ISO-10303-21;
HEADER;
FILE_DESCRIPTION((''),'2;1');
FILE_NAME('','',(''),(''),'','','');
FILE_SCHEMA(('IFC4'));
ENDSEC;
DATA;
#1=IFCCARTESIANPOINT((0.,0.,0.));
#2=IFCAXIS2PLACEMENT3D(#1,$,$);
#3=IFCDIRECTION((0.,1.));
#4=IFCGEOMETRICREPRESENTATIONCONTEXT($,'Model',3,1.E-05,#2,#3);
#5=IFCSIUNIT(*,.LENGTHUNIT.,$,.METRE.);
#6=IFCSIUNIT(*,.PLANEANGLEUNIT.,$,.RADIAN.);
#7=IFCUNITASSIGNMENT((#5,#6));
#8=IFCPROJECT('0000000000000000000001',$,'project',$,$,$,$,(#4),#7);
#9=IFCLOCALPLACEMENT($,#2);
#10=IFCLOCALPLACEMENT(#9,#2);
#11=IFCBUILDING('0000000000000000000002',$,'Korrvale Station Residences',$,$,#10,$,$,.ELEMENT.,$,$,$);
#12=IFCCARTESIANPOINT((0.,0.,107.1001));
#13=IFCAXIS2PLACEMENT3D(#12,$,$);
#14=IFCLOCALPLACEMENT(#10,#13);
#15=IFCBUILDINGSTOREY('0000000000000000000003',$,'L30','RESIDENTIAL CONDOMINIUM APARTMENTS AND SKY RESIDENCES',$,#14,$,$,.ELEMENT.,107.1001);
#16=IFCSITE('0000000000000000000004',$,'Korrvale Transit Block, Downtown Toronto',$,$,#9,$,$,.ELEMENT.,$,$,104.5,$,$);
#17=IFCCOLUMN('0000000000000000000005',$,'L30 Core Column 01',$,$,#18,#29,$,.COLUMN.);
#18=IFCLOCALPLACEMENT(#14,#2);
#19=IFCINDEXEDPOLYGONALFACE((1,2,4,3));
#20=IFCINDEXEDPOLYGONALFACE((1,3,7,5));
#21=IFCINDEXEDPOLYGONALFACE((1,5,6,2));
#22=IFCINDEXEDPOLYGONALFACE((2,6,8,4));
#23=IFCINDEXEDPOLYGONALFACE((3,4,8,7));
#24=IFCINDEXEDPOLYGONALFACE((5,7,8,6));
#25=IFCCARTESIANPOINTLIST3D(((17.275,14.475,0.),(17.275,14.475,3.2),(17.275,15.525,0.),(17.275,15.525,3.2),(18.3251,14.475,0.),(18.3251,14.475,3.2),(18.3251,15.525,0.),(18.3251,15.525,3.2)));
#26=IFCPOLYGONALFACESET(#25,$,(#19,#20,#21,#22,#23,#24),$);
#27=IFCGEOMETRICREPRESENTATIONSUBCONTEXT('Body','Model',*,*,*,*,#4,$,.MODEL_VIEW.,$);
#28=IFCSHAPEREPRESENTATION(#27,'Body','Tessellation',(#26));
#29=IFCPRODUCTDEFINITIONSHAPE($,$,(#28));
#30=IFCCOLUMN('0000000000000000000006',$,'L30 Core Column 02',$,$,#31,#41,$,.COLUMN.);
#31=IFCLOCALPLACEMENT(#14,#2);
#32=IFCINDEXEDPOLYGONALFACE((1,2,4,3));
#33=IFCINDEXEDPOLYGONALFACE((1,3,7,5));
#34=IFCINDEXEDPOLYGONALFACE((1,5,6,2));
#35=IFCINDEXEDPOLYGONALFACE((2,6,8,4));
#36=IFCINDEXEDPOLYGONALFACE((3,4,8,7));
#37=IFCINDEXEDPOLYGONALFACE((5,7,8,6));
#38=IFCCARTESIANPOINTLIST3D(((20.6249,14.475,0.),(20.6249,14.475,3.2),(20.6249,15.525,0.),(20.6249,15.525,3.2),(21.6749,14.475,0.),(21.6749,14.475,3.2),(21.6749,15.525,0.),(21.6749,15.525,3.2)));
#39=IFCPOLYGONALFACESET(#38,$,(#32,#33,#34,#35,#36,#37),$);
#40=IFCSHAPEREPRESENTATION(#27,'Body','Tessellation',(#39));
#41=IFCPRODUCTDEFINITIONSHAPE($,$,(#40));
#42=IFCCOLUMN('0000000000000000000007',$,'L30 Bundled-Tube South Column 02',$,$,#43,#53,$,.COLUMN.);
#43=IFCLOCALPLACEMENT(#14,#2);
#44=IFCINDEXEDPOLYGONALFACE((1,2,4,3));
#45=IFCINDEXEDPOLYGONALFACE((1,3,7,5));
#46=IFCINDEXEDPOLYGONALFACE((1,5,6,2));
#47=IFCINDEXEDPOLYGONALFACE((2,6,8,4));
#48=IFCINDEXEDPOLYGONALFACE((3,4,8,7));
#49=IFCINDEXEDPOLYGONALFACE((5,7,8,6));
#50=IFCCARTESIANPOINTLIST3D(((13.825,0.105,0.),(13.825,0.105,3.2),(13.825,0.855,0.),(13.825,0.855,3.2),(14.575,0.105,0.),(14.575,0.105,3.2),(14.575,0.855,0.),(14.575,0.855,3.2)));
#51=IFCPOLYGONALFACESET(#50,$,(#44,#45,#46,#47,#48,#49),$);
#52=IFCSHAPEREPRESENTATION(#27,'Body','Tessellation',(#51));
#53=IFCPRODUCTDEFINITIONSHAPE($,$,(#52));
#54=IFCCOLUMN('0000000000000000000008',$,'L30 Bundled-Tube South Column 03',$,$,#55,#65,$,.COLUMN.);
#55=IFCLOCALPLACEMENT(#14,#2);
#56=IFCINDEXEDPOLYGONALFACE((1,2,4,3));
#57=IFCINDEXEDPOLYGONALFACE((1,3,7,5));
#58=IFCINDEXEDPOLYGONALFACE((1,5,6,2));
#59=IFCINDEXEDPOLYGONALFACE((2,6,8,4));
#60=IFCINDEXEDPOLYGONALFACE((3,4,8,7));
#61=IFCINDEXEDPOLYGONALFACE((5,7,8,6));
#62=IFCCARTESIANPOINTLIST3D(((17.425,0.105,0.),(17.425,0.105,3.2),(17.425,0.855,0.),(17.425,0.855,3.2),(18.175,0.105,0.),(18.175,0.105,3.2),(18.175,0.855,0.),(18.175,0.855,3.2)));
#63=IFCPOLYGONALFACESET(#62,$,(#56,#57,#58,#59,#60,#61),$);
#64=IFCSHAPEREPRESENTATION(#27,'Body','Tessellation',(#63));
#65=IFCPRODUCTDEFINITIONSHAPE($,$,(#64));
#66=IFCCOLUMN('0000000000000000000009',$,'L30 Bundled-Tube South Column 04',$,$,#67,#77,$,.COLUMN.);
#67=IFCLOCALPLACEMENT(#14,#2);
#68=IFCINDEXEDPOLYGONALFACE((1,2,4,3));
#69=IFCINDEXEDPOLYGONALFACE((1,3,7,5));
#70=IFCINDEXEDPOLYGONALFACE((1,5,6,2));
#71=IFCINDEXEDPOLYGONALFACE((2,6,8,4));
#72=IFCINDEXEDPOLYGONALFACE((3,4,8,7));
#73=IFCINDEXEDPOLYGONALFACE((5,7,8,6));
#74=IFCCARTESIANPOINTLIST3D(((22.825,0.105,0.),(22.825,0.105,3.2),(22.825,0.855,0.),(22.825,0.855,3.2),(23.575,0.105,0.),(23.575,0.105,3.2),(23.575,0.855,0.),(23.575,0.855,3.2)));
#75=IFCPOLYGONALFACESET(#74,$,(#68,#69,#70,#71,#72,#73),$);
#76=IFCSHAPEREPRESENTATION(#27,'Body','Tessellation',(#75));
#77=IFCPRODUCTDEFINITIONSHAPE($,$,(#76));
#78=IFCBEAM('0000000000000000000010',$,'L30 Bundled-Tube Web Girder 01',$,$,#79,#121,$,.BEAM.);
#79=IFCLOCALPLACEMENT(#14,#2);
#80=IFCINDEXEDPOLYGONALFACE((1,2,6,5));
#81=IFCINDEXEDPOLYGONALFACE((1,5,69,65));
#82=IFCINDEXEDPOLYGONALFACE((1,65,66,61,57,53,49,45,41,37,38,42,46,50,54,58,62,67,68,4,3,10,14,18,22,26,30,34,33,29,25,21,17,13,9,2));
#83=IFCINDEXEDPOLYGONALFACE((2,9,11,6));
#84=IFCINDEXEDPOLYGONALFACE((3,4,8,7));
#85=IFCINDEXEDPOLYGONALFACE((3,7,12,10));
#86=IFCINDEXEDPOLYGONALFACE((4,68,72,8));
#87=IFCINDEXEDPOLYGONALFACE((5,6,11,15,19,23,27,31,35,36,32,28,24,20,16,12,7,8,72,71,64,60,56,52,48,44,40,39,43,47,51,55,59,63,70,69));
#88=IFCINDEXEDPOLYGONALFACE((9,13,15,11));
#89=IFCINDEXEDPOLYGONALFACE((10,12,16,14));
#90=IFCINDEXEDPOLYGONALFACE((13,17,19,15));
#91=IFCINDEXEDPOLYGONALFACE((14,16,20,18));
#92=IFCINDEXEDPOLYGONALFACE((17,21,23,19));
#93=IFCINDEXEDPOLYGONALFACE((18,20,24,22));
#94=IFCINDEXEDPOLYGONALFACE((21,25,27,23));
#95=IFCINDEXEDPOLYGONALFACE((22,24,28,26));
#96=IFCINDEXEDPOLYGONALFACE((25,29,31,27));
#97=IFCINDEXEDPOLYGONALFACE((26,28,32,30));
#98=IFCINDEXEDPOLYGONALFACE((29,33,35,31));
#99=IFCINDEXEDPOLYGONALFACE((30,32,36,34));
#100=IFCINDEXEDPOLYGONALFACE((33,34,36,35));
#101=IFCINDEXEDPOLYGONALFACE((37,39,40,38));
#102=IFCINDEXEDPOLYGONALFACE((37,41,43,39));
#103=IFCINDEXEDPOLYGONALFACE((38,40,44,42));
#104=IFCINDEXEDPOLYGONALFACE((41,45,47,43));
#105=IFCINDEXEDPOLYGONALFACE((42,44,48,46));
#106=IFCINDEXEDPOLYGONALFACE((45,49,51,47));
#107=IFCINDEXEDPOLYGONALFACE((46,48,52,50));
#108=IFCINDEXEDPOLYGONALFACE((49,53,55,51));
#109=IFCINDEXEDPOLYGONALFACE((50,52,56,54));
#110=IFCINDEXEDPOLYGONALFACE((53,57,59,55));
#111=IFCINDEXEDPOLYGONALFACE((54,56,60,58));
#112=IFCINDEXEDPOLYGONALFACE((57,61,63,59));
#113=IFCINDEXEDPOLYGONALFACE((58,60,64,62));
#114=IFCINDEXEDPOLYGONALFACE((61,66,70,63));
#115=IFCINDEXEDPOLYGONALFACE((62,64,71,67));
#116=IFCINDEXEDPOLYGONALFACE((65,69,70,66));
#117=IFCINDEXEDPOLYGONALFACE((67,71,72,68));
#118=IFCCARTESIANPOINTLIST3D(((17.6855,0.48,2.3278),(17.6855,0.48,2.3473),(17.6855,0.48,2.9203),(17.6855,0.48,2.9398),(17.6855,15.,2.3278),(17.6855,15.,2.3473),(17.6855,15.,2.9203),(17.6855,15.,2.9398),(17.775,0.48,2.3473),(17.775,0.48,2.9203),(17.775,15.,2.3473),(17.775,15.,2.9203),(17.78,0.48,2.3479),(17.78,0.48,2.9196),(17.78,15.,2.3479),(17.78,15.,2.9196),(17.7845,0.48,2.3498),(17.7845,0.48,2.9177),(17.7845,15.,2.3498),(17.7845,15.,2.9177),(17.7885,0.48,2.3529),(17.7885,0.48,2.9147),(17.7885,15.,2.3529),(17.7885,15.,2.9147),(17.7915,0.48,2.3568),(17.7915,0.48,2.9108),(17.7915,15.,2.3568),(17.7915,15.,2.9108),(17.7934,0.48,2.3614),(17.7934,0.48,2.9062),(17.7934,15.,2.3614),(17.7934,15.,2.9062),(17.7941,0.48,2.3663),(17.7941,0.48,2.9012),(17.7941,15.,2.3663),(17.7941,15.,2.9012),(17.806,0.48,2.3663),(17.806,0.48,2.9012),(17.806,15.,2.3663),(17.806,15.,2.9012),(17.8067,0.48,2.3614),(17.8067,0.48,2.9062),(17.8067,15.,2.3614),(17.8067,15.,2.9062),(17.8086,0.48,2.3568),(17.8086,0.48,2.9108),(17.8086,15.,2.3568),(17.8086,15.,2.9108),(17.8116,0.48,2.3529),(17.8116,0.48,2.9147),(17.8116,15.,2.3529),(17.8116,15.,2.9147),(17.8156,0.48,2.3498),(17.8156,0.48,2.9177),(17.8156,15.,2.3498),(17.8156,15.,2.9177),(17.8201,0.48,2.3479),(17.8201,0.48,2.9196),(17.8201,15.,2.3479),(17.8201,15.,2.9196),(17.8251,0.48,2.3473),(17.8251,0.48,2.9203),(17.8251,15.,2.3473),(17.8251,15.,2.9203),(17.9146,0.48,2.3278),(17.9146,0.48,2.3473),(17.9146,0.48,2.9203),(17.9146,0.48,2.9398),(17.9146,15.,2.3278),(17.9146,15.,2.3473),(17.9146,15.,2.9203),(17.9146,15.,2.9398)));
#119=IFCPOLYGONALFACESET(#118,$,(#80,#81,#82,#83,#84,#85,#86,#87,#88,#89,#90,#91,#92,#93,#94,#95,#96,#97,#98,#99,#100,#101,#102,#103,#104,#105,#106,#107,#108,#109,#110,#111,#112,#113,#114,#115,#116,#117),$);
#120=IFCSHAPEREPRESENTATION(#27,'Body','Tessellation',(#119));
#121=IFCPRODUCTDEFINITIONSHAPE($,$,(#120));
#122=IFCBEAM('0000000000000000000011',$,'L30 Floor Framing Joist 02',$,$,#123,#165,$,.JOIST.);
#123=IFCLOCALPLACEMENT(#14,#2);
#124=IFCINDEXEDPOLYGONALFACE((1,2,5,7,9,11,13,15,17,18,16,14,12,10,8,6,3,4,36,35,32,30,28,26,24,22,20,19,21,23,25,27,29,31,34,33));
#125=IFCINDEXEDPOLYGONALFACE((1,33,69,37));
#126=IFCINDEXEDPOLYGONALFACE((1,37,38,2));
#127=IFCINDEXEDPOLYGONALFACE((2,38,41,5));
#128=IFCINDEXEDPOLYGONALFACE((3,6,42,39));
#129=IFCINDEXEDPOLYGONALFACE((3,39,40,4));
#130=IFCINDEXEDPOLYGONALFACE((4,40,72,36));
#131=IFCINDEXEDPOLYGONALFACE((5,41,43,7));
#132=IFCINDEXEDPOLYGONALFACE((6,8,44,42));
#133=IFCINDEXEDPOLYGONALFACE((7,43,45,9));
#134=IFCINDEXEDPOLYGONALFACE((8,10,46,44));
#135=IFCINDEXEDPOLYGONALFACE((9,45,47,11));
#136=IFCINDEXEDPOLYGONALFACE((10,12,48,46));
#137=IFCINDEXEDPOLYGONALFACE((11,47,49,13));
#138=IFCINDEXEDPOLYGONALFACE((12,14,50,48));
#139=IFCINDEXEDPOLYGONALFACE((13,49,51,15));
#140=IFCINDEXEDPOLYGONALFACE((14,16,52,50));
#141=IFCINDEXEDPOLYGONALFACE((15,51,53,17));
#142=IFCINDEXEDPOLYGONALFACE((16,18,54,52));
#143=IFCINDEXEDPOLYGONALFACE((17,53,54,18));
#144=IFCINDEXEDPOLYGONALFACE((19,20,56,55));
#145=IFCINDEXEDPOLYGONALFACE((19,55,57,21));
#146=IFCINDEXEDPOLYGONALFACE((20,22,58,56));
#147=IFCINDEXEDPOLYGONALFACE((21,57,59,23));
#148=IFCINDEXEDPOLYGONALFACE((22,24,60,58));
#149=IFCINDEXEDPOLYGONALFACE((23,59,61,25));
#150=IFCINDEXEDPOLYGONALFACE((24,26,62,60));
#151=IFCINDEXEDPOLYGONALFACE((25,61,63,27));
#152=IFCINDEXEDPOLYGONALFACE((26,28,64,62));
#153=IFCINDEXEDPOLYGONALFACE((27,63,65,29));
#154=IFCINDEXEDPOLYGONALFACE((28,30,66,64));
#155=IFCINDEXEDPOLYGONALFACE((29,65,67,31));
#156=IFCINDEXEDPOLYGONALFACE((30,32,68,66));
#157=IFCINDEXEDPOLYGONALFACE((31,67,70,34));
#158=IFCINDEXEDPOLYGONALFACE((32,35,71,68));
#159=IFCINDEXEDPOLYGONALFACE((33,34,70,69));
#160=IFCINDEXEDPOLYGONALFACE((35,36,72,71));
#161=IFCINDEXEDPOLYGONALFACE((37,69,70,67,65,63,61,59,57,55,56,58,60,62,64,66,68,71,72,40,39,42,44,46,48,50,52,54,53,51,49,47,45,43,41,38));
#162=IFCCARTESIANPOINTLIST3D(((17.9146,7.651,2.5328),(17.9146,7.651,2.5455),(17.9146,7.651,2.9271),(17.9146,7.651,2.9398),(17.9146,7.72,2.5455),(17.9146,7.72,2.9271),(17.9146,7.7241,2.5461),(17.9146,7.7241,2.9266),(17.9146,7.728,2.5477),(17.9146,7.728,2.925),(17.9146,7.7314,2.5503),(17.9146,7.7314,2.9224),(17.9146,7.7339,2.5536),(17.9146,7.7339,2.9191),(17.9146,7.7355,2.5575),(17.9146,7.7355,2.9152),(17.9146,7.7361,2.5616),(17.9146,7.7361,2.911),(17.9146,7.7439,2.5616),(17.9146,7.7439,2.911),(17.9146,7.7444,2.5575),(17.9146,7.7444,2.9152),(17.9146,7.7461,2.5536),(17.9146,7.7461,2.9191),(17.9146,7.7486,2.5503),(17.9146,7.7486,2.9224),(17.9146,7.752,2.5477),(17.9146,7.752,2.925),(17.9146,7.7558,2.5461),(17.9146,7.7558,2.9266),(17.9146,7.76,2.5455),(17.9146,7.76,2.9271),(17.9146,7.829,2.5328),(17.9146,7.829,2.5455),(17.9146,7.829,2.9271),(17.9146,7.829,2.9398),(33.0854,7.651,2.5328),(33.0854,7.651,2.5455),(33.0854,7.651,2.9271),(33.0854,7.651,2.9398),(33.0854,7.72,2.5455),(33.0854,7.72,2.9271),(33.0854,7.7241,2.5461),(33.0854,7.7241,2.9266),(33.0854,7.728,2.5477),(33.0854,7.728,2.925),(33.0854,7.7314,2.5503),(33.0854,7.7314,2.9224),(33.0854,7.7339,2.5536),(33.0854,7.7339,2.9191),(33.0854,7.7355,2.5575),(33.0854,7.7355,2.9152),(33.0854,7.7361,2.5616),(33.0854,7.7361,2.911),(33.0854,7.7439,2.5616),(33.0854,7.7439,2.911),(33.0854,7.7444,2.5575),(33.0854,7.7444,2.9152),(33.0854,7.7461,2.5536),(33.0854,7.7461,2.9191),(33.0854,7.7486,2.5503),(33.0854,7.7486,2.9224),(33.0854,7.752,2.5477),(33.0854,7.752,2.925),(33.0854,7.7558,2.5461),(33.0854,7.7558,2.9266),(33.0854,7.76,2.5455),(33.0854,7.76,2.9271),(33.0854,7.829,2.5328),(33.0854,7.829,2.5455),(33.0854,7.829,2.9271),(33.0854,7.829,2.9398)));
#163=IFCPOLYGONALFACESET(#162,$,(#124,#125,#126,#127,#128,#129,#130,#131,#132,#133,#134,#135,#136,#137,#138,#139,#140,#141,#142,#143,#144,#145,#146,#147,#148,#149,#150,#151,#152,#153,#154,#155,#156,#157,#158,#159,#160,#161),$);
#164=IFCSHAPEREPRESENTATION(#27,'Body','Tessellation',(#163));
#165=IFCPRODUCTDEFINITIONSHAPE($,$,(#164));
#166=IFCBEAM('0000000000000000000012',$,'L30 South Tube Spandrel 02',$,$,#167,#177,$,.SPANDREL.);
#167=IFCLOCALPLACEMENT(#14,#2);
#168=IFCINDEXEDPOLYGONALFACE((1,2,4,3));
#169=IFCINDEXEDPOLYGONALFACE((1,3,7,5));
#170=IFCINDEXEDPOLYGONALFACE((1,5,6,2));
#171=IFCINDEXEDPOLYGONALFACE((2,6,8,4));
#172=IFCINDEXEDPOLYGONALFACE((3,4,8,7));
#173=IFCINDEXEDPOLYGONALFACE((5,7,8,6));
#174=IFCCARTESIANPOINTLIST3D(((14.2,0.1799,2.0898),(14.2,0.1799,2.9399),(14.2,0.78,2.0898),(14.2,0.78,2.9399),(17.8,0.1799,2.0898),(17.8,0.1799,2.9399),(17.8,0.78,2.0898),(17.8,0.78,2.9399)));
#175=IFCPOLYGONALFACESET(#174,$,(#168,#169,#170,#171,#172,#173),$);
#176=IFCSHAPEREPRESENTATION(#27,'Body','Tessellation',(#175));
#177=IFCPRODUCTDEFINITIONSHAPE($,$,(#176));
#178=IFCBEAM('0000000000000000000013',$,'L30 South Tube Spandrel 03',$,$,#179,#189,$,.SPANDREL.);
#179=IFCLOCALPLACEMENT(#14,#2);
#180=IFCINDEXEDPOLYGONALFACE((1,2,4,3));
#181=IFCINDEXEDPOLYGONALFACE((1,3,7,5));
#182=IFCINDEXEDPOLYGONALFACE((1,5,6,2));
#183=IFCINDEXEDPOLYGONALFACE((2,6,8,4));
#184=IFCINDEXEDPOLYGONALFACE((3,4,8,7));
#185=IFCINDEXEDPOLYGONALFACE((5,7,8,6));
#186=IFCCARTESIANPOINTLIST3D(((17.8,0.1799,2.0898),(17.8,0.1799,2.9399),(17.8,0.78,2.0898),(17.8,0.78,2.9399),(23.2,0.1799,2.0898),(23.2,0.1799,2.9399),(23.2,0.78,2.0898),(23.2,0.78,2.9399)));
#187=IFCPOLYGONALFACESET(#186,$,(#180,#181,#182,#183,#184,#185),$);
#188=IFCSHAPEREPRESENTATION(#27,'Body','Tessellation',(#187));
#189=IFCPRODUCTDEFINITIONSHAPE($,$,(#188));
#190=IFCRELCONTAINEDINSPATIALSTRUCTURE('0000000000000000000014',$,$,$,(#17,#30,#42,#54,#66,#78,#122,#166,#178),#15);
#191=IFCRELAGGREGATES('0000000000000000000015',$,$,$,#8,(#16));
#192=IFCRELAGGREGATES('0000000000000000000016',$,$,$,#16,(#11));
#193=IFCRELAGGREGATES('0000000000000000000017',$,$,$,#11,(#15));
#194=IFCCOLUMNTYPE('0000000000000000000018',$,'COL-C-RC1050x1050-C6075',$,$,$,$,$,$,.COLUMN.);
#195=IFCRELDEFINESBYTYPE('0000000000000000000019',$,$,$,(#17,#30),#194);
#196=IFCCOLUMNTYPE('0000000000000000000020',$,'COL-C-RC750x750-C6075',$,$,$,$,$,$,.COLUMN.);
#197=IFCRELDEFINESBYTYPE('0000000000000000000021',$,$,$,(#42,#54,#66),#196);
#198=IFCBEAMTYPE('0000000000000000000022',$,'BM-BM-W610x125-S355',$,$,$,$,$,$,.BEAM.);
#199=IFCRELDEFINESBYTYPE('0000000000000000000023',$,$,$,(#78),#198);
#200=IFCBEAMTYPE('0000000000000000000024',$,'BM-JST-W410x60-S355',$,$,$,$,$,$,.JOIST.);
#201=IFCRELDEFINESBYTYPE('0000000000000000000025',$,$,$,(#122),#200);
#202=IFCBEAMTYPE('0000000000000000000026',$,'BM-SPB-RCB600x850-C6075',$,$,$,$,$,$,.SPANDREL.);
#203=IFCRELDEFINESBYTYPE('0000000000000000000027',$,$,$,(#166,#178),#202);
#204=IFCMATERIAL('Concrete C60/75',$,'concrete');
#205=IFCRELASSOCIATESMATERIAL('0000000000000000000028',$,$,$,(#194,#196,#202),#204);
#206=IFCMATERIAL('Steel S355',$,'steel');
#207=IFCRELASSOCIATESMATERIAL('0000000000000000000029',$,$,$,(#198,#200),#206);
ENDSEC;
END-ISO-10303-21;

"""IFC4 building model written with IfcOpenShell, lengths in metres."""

from ifc_helpers import new_model, si_unit, direction, frame, origin, origin_2d, place, context, subcontext, project, spatial, rectangle, i_section, extrude, material, material_profile, profile_set, type_object, element, save


model = new_model("IFC4")

# Units and contexts
model_context = context("Model", 3, precision=1e-05, world=origin(), true_north=direction((0.0, 1.0)))
body_context = subcontext(model_context, "Body", "Model", "MODEL_VIEW")
ifc_project = project(units=[si_unit("LENGTHUNIT", "METRE"), si_unit("PLANEANGLEUNIT", "RADIAN")], contexts=[model_context])

# Site, building, storey
site_placement = place(None, origin())
site = spatial("IfcSite", under=ifc_project, at=site_placement, Name="Korrvale Transit Block, Downtown Toronto", CompositionType="ELEMENT", RefElevation=104.5)
building_placement = place(site_placement, origin())
building = spatial("IfcBuilding", under=site, at=building_placement, Name="Korrvale Station Residences", CompositionType="ELEMENT")
storey_placement = place(building_placement, frame((0.0, 0.0, 107.1001)))
storey = spatial("IfcBuildingStorey", under=building, at=storey_placement, Name="L30", Description="RESIDENTIAL CONDOMINIUM APARTMENTS AND SKY RESIDENCES", CompositionType="ELEMENT", Elevation=107.1001)

# Columns
ifc_material_1 = material(Name="Concrete C60/75", Category="concrete")
ifc_material_profile_1 = material_profile(ifc_material_1, rectangle(XDim=1.05, YDim=1.05, at=origin_2d()), Name="RC1050x1050")
ifc_profile_set_1 = profile_set([ifc_material_profile_1], Name="Concrete C60/75")
column_type_1 = type_object("IfcColumnType", Name="COL-C-RC1050x1050-C6075", PredefinedType="COLUMN", material=ifc_profile_set_1)
for number, where, z_axis, x_axis, name in (
    (1, (17.8, 15.0, 0.0), (0.0, 0.0, 1.0), (1.0, 0.0, 0.0), "L30 Core Column 01"),
    (2, (21.1499, 15.0, 0.0), (0.0, 0.0, 1.0), (1.0, 0.0, 0.0), "L30 Core Column 02"),
):
    element("IfcColumn", number, at=place(storey_placement, frame(where, z_axis=z_axis, x_axis=x_axis)), inside=storey, type_object=column_type_1, Name=name, PredefinedType="COLUMN", context=body_context, shape_type="SweptSolid", body=[
        extrude(rectangle(XDim=1.05, YDim=1.05, at=origin_2d()), origin(), (0.0, 0.0, 1.0), 3.2),
    ])
ifc_material_profile_2 = material_profile(ifc_material_1, rectangle(XDim=0.75, YDim=0.75, at=origin_2d()), Name="RC750x750")
ifc_profile_set_2 = profile_set([ifc_material_profile_2], Name="Concrete C60/75")
column_type_2 = type_object("IfcColumnType", Name="COL-C-RC750x750-C6075", PredefinedType="COLUMN", material=ifc_profile_set_2)
for number, where, z_axis, x_axis, name in (
    (3, (14.2, 0.48, 0.0), (0.0, 0.0, 1.0), (1.0, 0.0, 0.0), "L30 Bundled-Tube South Column 02"),
    (4, (17.8, 0.48, 0.0), (0.0, 0.0, 1.0), (1.0, 0.0, 0.0), "L30 Bundled-Tube South Column 03"),
    (5, (23.2, 0.48, 0.0), (0.0, 0.0, 1.0), (1.0, 0.0, 0.0), "L30 Bundled-Tube South Column 04"),
):
    element("IfcColumn", number, at=place(storey_placement, frame(where, z_axis=z_axis, x_axis=x_axis)), inside=storey, type_object=column_type_2, Name=name, PredefinedType="COLUMN", context=body_context, shape_type="SweptSolid", body=[
        extrude(rectangle(XDim=0.75, YDim=0.75, at=origin_2d()), origin(), (0.0, 0.0, 1.0), 3.2),
    ])

# Beams
ifc_material_2 = material(Name="Steel S355", Category="steel")
ifc_material_profile_3 = material_profile(ifc_material_2, i_section(OverallWidth=0.229, OverallDepth=0.6121, WebThickness=0.012, FlangeThickness=0.0195, FilletRadius=0.019, at=origin_2d()), Name="W610x125")
ifc_profile_set_3 = profile_set([ifc_material_profile_3], Name="Steel S355")
beam_type_1 = type_object("IfcBeamType", Name="BM-BM-W610x125-S355", PredefinedType="BEAM", material=ifc_profile_set_3)
beam_1_placement = place(storey_placement, frame((17.8, 0.48, 2.6338), z_axis=(0.0, 1.0, 0.0), x_axis=(-1.0, 0.0, 0.0)))
element("IfcBeam", 6, at=beam_1_placement, inside=storey, type_object=beam_type_1, Name="L30 Bundled-Tube Web Girder 01", PredefinedType="BEAM", context=body_context, shape_type="SweptSolid", body=[
    extrude(i_section(OverallWidth=0.229, OverallDepth=0.6121, WebThickness=0.012, FlangeThickness=0.0195, FilletRadius=0.019, at=origin_2d()), origin(), (0.0, 0.0, 1.0), 14.52),
])
ifc_material_profile_4 = material_profile(ifc_material_2, i_section(OverallWidth=0.178, OverallDepth=0.407, WebThickness=0.0078, FlangeThickness=0.0127, FilletRadius=0.0161, at=origin_2d()), Name="W410x60")
ifc_profile_set_4 = profile_set([ifc_material_profile_4], Name="Steel S355")
beam_type_2 = type_object("IfcBeamType", Name="BM-JST-W410x60-S355", PredefinedType="JOIST", material=ifc_profile_set_4)
beam_2_placement = place(storey_placement, frame((17.9146, 7.74, 2.7363), z_axis=(1.0, 0.0, 0.0), x_axis=(0.0, 1.0, 0.0)))
element("IfcBeam", 7, at=beam_2_placement, inside=storey, type_object=beam_type_2, Name="L30 Floor Framing Joist 02", PredefinedType="JOIST", context=body_context, shape_type="SweptSolid", body=[
    extrude(i_section(OverallWidth=0.178, OverallDepth=0.407, WebThickness=0.0078, FlangeThickness=0.0127, FilletRadius=0.0161, at=origin_2d()), origin(), (0.0, 0.0, 1.0), 15.1709),
])
ifc_material_profile_5 = material_profile(ifc_material_1, rectangle(XDim=0.6001, YDim=0.8501, at=origin_2d()), Name="RCB600x850")
ifc_profile_set_5 = profile_set([ifc_material_profile_5], Name="Concrete C60/75")
beam_type_3 = type_object("IfcBeamType", Name="BM-SPB-RCB600x850-C6075", PredefinedType="SPANDREL", material=ifc_profile_set_5)
beam_3_placement = place(storey_placement, frame((14.2, 0.48, 2.5149), z_axis=(1.0, 0.0, 0.0), x_axis=(0.0, 1.0, 0.0)))
element("IfcBeam", 8, at=beam_3_placement, inside=storey, type_object=beam_type_3, Name="L30 South Tube Spandrel 02", PredefinedType="SPANDREL", context=body_context, shape_type="SweptSolid", body=[
    extrude(rectangle(XDim=0.6001, YDim=0.8501, at=origin_2d()), origin(), (0.0, 0.0, 1.0), 3.6001),
])
beam_4_placement = place(storey_placement, frame((17.8, 0.48, 2.5149), z_axis=(1.0, 0.0, 0.0), x_axis=(0.0, 1.0, 0.0)))
element("IfcBeam", 9, at=beam_4_placement, inside=storey, type_object=beam_type_3, Name="L30 South Tube Spandrel 03", PredefinedType="SPANDREL", context=body_context, shape_type="SweptSolid", body=[
    extrude(rectangle(XDim=0.6001, YDim=0.8501, at=origin_2d()), origin(), (0.0, 0.0, 1.0), 5.3999),
])

save(model, "model.ifc")
